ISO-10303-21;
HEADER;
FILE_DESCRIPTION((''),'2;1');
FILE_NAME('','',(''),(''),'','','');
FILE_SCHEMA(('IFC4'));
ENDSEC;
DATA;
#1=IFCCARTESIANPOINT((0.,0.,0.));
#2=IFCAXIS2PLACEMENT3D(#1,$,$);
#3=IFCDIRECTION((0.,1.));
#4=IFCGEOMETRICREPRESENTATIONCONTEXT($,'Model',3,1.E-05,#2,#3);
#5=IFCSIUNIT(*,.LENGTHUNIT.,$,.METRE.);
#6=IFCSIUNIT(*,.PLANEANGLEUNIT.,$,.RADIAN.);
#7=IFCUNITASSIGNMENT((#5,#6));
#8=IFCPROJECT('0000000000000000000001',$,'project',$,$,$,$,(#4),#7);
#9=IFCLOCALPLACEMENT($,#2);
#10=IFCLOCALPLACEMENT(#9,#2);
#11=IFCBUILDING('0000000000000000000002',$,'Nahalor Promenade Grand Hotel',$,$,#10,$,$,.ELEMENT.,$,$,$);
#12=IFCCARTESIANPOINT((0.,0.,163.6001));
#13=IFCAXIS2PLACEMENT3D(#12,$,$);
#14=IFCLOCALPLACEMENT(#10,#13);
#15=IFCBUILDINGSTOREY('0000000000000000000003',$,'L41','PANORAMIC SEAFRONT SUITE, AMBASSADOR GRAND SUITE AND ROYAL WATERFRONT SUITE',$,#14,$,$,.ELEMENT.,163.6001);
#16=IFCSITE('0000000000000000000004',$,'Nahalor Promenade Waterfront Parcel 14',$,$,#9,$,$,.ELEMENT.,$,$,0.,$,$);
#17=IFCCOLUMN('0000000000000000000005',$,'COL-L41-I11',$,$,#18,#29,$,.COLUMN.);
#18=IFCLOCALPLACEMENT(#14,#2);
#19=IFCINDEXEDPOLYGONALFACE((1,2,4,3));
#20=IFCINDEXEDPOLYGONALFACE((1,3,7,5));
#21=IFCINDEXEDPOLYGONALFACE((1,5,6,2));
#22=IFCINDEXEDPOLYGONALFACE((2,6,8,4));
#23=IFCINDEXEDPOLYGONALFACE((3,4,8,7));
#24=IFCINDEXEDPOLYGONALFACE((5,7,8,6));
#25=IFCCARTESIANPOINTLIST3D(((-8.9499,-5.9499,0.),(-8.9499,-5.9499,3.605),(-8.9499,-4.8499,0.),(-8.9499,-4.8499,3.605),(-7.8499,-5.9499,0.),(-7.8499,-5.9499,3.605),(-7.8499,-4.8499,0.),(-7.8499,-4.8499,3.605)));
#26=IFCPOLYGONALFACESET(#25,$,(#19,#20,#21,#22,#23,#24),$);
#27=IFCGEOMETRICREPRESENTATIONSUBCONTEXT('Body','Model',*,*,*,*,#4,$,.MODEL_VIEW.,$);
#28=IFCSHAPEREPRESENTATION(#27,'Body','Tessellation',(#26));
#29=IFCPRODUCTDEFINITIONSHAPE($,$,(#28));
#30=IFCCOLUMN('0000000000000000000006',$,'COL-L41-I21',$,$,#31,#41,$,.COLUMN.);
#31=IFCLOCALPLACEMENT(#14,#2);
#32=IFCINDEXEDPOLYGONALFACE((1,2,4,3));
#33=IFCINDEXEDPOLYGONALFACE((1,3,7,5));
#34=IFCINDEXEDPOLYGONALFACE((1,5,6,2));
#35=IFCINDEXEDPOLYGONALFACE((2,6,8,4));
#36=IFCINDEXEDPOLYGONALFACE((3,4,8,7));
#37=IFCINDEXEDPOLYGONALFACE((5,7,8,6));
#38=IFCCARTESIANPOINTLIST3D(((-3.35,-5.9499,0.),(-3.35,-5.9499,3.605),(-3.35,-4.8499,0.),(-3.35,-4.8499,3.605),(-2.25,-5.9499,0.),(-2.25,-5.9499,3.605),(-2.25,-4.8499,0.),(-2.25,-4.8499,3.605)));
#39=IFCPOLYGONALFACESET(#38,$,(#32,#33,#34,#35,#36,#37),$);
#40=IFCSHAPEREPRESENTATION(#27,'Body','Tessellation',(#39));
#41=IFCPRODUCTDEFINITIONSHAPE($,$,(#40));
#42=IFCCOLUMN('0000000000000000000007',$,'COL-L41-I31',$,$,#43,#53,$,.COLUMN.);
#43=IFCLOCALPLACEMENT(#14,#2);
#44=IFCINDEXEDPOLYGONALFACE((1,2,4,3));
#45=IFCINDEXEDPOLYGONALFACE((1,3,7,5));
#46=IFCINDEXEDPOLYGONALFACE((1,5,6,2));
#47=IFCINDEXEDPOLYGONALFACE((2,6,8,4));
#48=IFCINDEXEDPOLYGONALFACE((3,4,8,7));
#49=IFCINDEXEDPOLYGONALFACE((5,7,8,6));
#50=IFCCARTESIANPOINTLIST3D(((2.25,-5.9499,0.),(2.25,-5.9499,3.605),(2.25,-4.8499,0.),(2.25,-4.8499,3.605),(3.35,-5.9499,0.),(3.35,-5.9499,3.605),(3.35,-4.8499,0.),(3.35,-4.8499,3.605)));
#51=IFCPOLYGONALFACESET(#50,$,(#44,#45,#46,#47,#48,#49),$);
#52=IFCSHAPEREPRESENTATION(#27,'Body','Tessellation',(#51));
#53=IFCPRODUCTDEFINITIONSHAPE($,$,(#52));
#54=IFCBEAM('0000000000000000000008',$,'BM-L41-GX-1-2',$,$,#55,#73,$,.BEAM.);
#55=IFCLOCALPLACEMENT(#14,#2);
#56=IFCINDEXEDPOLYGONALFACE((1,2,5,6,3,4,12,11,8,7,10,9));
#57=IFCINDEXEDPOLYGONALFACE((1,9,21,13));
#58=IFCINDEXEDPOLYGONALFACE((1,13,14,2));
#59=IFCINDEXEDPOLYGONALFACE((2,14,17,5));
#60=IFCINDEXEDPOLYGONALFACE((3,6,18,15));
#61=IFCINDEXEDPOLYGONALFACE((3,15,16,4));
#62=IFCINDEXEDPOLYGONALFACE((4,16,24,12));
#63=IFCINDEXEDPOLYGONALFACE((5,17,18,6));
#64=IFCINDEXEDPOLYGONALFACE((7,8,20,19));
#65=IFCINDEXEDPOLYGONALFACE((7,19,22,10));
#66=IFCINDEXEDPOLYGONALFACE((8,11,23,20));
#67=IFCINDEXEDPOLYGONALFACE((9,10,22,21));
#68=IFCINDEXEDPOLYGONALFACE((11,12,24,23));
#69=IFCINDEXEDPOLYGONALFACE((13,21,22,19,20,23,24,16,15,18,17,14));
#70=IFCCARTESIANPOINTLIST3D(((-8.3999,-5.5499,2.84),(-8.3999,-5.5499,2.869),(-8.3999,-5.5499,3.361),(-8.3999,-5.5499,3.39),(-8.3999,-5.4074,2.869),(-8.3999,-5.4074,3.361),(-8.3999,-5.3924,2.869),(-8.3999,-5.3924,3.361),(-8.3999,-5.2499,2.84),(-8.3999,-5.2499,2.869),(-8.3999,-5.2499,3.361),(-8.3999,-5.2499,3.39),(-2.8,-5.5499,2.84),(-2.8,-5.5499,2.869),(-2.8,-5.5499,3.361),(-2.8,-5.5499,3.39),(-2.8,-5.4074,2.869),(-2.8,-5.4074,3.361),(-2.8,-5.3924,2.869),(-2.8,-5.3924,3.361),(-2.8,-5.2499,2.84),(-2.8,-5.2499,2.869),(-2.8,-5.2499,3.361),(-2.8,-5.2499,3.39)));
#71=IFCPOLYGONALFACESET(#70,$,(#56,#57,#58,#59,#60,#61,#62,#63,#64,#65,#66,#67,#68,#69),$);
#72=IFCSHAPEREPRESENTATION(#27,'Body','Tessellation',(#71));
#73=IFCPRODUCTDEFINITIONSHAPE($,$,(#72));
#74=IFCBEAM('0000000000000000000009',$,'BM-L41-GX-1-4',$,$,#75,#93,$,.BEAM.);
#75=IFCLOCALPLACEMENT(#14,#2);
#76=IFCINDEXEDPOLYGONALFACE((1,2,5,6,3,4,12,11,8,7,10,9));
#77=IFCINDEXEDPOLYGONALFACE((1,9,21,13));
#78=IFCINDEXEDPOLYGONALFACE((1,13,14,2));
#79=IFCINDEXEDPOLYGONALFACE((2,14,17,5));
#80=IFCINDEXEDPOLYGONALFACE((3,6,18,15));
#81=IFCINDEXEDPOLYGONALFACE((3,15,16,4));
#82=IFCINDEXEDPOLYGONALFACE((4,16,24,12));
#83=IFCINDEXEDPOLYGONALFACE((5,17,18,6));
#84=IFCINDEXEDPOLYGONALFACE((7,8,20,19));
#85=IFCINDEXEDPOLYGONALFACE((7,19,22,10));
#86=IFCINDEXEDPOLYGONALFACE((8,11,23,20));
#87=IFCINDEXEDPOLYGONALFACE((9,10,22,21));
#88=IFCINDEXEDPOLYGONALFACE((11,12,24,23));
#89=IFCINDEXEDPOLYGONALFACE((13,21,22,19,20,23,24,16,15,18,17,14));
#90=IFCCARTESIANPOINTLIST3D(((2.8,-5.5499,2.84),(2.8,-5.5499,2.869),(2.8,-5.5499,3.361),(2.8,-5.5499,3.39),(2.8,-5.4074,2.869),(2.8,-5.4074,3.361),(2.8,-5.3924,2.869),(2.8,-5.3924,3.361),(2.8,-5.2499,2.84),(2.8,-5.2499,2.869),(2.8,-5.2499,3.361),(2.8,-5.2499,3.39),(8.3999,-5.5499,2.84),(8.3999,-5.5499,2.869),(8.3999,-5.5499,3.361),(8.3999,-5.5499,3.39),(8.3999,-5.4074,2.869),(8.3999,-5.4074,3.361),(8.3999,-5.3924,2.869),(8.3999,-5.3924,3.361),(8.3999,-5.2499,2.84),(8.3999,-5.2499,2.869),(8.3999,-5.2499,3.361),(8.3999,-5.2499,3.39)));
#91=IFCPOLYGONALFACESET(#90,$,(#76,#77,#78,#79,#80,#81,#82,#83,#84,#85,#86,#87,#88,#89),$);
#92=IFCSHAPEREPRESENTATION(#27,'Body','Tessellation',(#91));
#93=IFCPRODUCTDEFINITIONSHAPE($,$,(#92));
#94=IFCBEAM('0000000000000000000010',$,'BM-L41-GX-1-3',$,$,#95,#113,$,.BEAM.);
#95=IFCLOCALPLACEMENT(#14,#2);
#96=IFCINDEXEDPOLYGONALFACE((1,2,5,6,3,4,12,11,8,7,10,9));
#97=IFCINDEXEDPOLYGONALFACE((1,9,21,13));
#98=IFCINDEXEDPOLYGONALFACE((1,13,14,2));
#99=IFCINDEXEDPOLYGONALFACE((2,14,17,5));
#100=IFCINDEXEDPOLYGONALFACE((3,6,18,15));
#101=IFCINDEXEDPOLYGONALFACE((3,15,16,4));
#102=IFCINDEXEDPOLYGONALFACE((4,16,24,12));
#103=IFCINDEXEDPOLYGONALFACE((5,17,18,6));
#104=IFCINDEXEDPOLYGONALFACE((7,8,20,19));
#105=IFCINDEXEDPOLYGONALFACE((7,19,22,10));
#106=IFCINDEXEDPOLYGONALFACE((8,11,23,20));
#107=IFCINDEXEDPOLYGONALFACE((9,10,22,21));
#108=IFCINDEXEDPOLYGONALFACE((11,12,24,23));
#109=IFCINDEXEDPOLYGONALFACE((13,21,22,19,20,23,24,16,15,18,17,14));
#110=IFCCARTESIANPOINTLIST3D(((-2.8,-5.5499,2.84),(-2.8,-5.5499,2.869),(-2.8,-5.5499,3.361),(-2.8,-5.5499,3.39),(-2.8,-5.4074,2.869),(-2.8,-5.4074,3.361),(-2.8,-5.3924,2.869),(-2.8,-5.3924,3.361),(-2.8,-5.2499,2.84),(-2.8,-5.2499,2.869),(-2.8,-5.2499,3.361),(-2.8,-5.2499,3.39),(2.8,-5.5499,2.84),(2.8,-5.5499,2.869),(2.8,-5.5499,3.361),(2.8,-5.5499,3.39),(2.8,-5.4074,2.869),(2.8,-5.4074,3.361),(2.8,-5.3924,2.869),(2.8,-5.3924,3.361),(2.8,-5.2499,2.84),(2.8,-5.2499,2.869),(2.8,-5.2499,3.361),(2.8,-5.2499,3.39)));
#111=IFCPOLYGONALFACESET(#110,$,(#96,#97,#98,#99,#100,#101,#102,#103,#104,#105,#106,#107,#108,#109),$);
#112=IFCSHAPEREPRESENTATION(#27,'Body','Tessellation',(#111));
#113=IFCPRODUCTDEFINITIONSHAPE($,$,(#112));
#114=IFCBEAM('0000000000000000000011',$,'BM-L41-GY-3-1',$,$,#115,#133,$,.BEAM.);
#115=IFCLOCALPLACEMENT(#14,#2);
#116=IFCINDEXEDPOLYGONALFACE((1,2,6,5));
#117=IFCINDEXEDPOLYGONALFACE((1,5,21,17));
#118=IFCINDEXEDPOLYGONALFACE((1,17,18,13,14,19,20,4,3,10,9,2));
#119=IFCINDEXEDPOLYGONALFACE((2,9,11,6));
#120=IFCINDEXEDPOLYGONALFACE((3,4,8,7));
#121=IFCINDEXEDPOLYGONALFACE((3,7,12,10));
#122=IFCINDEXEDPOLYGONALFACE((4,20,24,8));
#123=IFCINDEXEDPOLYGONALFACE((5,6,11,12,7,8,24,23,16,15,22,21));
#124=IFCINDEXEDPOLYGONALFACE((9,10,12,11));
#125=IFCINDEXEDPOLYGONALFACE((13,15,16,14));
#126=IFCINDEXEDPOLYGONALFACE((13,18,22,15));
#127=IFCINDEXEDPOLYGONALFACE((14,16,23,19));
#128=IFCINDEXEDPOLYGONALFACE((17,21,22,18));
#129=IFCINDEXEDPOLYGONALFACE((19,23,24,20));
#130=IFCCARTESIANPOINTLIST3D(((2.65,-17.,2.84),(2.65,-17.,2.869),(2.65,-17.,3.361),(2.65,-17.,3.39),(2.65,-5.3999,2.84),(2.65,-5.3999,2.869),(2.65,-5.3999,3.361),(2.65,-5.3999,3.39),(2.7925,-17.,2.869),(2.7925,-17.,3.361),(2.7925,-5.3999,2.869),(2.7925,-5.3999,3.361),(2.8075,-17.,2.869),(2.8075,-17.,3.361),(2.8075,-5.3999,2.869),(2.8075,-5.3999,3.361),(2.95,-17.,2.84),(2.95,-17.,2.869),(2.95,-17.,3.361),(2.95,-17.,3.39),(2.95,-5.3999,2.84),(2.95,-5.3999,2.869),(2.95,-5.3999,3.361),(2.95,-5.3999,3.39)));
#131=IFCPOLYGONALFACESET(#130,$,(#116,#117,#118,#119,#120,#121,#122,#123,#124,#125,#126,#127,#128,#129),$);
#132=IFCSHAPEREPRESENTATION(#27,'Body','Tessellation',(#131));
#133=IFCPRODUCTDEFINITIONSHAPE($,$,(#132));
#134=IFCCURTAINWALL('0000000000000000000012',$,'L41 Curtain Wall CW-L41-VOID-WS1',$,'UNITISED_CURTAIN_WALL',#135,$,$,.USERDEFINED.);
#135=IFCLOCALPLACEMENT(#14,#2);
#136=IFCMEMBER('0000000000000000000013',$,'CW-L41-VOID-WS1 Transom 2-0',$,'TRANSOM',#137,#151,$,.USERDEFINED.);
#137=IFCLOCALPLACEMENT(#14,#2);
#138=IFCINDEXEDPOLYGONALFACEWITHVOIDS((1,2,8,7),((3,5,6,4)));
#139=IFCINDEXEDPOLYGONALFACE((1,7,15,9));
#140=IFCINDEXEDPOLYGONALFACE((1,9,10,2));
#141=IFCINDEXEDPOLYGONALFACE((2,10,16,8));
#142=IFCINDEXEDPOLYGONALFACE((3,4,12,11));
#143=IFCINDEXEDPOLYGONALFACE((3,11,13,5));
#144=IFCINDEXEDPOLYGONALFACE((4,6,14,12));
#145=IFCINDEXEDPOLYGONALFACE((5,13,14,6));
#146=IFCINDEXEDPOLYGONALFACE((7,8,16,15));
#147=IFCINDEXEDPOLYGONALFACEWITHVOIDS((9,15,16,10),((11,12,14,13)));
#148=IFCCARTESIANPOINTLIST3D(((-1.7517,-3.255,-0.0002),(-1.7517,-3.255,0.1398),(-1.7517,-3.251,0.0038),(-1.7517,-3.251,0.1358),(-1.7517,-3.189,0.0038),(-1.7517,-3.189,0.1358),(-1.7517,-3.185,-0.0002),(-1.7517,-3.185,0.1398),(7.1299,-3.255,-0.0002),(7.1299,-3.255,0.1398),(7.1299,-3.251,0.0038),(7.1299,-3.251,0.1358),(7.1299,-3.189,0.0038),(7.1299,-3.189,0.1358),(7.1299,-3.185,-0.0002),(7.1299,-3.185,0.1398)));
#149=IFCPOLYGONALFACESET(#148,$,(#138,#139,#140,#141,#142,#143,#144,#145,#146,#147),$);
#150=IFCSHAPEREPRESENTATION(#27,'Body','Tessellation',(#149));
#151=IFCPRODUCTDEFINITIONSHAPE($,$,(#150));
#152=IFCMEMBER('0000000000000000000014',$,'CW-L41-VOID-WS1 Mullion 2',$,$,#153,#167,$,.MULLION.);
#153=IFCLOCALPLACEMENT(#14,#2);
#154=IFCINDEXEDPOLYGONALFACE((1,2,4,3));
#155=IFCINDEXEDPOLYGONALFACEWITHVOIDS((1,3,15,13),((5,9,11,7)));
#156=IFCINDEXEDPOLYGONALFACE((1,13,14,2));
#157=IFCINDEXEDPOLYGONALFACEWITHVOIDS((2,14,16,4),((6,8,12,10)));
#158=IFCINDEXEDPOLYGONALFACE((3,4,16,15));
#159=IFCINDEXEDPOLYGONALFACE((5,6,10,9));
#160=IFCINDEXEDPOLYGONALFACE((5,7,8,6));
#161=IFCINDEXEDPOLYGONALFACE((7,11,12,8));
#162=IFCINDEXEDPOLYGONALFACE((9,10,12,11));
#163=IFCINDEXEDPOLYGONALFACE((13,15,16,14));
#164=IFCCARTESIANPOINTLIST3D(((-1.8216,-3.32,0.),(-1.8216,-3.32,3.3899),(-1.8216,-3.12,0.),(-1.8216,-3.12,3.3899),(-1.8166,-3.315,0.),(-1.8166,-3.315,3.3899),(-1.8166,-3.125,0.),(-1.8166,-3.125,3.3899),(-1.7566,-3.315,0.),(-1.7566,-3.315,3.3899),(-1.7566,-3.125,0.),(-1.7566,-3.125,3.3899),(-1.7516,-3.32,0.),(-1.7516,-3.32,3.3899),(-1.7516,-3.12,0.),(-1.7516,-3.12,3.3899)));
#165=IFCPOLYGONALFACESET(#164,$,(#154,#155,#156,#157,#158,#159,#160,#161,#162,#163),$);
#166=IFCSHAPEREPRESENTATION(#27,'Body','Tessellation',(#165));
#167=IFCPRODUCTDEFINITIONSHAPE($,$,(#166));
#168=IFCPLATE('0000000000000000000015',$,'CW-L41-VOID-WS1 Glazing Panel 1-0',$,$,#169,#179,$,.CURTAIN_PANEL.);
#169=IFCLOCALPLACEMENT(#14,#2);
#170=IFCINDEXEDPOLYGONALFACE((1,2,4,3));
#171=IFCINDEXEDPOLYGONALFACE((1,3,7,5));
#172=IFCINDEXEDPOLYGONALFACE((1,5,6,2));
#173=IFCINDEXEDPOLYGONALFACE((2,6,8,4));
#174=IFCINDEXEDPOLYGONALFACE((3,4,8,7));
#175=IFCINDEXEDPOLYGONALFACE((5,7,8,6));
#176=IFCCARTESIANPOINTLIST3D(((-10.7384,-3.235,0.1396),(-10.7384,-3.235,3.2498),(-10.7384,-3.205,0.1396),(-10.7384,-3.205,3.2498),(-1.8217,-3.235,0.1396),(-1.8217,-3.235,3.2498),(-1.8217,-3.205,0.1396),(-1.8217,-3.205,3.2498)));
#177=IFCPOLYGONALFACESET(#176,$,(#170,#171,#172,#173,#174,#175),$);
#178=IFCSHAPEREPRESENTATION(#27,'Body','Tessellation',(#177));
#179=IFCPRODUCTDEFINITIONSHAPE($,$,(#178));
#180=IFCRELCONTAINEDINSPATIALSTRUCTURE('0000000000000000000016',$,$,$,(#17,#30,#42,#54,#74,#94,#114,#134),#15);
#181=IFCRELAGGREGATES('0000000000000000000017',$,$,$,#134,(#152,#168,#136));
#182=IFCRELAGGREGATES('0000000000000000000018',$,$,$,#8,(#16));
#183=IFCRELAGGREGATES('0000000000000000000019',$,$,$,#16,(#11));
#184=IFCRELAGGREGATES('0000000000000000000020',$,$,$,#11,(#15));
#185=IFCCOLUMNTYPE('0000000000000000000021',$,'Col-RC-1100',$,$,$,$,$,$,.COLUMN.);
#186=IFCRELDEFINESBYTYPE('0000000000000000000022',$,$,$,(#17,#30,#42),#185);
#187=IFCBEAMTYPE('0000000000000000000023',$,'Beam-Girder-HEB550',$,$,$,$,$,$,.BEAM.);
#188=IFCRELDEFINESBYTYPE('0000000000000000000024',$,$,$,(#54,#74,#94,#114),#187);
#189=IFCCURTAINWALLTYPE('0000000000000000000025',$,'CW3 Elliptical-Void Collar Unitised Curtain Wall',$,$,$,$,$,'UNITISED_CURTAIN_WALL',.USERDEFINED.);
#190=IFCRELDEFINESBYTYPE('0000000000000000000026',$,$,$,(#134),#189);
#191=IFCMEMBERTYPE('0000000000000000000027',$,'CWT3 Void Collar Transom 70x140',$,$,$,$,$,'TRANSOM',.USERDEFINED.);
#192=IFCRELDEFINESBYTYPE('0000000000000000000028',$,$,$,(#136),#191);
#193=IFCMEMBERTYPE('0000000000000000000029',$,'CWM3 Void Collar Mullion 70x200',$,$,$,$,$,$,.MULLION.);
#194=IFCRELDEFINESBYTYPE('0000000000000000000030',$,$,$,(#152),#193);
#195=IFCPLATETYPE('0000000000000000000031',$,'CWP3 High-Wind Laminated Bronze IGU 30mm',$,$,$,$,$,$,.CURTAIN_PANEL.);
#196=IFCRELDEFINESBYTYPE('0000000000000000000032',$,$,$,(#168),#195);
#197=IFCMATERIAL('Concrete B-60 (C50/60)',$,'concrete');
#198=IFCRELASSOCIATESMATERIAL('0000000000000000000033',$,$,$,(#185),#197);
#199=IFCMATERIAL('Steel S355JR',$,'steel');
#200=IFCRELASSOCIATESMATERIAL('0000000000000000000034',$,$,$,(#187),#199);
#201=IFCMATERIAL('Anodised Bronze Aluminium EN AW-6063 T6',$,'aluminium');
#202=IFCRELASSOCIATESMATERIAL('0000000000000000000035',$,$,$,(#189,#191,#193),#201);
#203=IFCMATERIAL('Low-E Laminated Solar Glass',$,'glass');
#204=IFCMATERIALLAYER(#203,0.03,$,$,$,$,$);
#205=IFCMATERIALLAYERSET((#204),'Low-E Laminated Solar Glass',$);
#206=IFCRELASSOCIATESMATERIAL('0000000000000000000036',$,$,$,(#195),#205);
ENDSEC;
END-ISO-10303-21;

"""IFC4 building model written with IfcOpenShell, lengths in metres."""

from ifc_helpers import new_model, si_unit, direction, frame, origin, origin_2d, place, context, subcontext, project, spatial, rectangle, hollow_rectangle, i_section, extrude, source, transform, mapped, material, layer, layer_set, material_profile, profile_set, type_object, element, aggregate, save


model = new_model("IFC4")

# Units and contexts
model_context = context("Model", 3, precision=1e-05, world=origin(), true_north=direction((0.0, 1.0)))
body_context = subcontext(model_context, "Body", "Model", "MODEL_VIEW")
ifc_project = project(units=[si_unit("LENGTHUNIT", "METRE"), si_unit("PLANEANGLEUNIT", "RADIAN")], contexts=[model_context])

# Site, building, storey
site_placement = place(None, origin())
site = spatial("IfcSite", under=ifc_project, at=site_placement, Name="Nahalor Promenade Waterfront Parcel 14", CompositionType="ELEMENT", RefElevation=0.0)
building_placement = place(site_placement, origin())
building = spatial("IfcBuilding", under=site, at=building_placement, Name="Nahalor Promenade Grand Hotel", CompositionType="ELEMENT")
storey_placement = place(building_placement, frame((0.0, 0.0, 163.6001)))
storey = spatial("IfcBuildingStorey", under=building, at=storey_placement, Name="L41", Description="PANORAMIC SEAFRONT SUITE, AMBASSADOR GRAND SUITE AND ROYAL WATERFRONT SUITE", CompositionType="ELEMENT", Elevation=163.6001)

# Columns
ifc_material_1 = material(Name="Concrete B-60 (C50/60)", Category="concrete")
ifc_material_profile_1 = material_profile(ifc_material_1, rectangle(XDim=1.1, YDim=1.1, at=origin_2d()), Name="RC 1100x1100")
ifc_profile_set_1 = profile_set([ifc_material_profile_1], Name="Concrete B-60 (C50/60)")
column_type = type_object("IfcColumnType", Name="Col-RC-1100", PredefinedType="COLUMN", material=ifc_profile_set_1)
shared_shape_1 = source(origin(), body_context, "Body", "SweptSolid", [
    extrude(rectangle(XDim=1.1, YDim=1.1, at=origin_2d()), origin(), (0.0, 0.0, 1.0), 3.605),
])
for number, where, z_axis, x_axis, name in (
    (1, (-8.3999, -5.3999, 0.0), (0.0, 0.0, 1.0), (1.0, 0.0, 0.0), "COL-L41-I11"),
    (2, (-2.8, -5.3999, 0.0), (0.0, 0.0, 1.0), (1.0, 0.0, 0.0), "COL-L41-I21"),
    (3, (2.8, -5.3999, 0.0), (0.0, 0.0, 1.0), (1.0, 0.0, 0.0), "COL-L41-I31"),
):
    element("IfcColumn", number, at=place(storey_placement, frame(where, z_axis=z_axis, x_axis=x_axis)), inside=storey, type_object=column_type, Name=name, PredefinedType="COLUMN", context=body_context, shape_type="MappedRepresentation", body=[
        mapped(shared_shape_1, transform((0.0, 0.0, 0.0), scale=1.0)),
    ])

# Beams
ifc_material_2 = material(Name="Steel S355JR", Category="steel")
ifc_material_profile_2 = material_profile(ifc_material_2, i_section(OverallWidth=0.3, OverallDepth=0.55, WebThickness=0.015, FlangeThickness=0.029, at=origin_2d()), Name="HEB 550")
ifc_profile_set_2 = profile_set([ifc_material_profile_2], Name="Steel S355JR")
beam_type = type_object("IfcBeamType", Name="Beam-Girder-HEB550", PredefinedType="BEAM", material=ifc_profile_set_2)
shared_shape_2 = source(origin(), body_context, "Body", "SweptSolid", [
    extrude(i_section(OverallWidth=0.3, OverallDepth=0.55, WebThickness=0.015, FlangeThickness=0.029, at=origin_2d()), origin(), (0.0, 0.0, 1.0), 5.5999),
])
for number, where, z_axis, x_axis, name in (
    (4, (-8.3999, -5.3999, 3.115), (1.0, 0.0, 0.0), (0.0, 1.0, 0.0), "BM-L41-GX-1-2"),
    (5, (2.8, -5.3999, 3.115), (1.0, 0.0, 0.0), (0.0, 1.0, 0.0), "BM-L41-GX-1-4"),
):
    element("IfcBeam", number, at=place(storey_placement, frame(where, z_axis=z_axis, x_axis=x_axis)), inside=storey, type_object=beam_type, Name=name, PredefinedType="BEAM", context=body_context, shape_type="MappedRepresentation", body=[
        mapped(shared_shape_2, transform((0.0, 0.0, 0.0), scale=1.0)),
    ])
shared_shape_3 = source(origin(), body_context, "Body", "SweptSolid", [
    extrude(i_section(OverallWidth=0.3, OverallDepth=0.55, WebThickness=0.015, FlangeThickness=0.029, at=origin_2d()), origin(), (0.0, 0.0, 1.0), 5.6001),
])
beam_1_placement = place(storey_placement, frame((-2.8, -5.3999, 3.115), z_axis=(1.0, 0.0, 0.0), x_axis=(0.0, 1.0, 0.0)))
element("IfcBeam", 6, at=beam_1_placement, inside=storey, type_object=beam_type, Name="BM-L41-GX-1-3", PredefinedType="BEAM", context=body_context, shape_type="MappedRepresentation", body=[
    mapped(shared_shape_3, transform((0.0, 0.0, 0.0), scale=1.0)),
])
shared_shape_4 = source(origin(), body_context, "Body", "SweptSolid", [
    extrude(i_section(OverallWidth=0.3, OverallDepth=0.55, WebThickness=0.015, FlangeThickness=0.029, at=origin_2d()), origin(), (0.0, 0.0, 1.0), 11.6001),
])
beam_2_placement = place(storey_placement, frame((2.8, -17.0, 3.115), z_axis=(0.0, 1.0, 0.0), x_axis=(-1.0, 0.0, 0.0)))
element("IfcBeam", 7, at=beam_2_placement, inside=storey, type_object=beam_type, Name="BM-L41-GY-3-1", PredefinedType="BEAM", context=body_context, shape_type="MappedRepresentation", body=[
    mapped(shared_shape_4, transform((0.0, 0.0, 0.0), scale=1.0)),
])

# Curtain wall, members, plate
ifc_material_3 = material(Name="Anodised Bronze Aluminium EN AW-6063 T6", Category="aluminium")
curtain_wall_type = type_object("IfcCurtainWallType", Name="CW3 Elliptical-Void Collar Unitised Curtain Wall", ElementType="UNITISED_CURTAIN_WALL", PredefinedType="USERDEFINED", material=ifc_material_3)
curtain_wall_placement = place(storey_placement, origin())
curtain_wall = element("IfcCurtainWall", 8, at=curtain_wall_placement, inside=storey, type_object=curtain_wall_type, Name="L41 Curtain Wall CW-L41-VOID-WS1", ObjectType="UNITISED_CURTAIN_WALL", PredefinedType="USERDEFINED")
ifc_material_profile_3 = material_profile(ifc_material_3, hollow_rectangle(XDim=0.07, YDim=0.14, WallThickness=0.004, at=origin_2d()), Name="CWT 70x140x4")
ifc_profile_set_3 = profile_set([ifc_material_profile_3], Name="Anodised Bronze Aluminium EN AW-6063 T6")
member_type_1 = type_object("IfcMemberType", Name="CWT3 Void Collar Transom 70x140", ElementType="TRANSOM", PredefinedType="USERDEFINED", material=ifc_profile_set_3)
shared_shape_5 = source(origin(), body_context, "Body", "SweptSolid", [
    extrude(hollow_rectangle(XDim=0.07, YDim=0.14, WallThickness=0.004, at=origin_2d()), origin(), (0.0, 0.0, 1.0), 8.8816),
])
member_1_placement = place(storey_placement, frame((-1.7517, -3.22, 0.0698), z_axis=(1.0, 0.0, 0.0), x_axis=(0.0, 1.0, 0.0)))
member_1 = element("IfcMember", 9, at=member_1_placement, type_object=member_type_1, Name="CW-L41-VOID-WS1 Transom 2-0", ObjectType="TRANSOM", PredefinedType="USERDEFINED", context=body_context, shape_type="MappedRepresentation", body=[
    mapped(shared_shape_5, transform((0.0, 0.0, 0.0), scale=1.0)),
])
ifc_material_profile_4 = material_profile(ifc_material_3, hollow_rectangle(XDim=0.07, YDim=0.2, WallThickness=0.005, at=origin_2d()), Name="CWM 70x200x5")
ifc_profile_set_4 = profile_set([ifc_material_profile_4], Name="Anodised Bronze Aluminium EN AW-6063 T6")
member_type_2 = type_object("IfcMemberType", Name="CWM3 Void Collar Mullion 70x200", PredefinedType="MULLION", material=ifc_profile_set_4)
shared_shape_6 = source(origin(), body_context, "Body", "SweptSolid", [
    extrude(hollow_rectangle(XDim=0.07, YDim=0.2, WallThickness=0.005, at=origin_2d()), origin(), (0.0, 0.0, 1.0), 3.3899),
])
member_2_placement = place(storey_placement, frame((-1.7866, -3.22, 0.0), z_axis=(0.0, 0.0, 1.0), x_axis=(1.0, 0.0, 0.0)))
member_2 = element("IfcMember", 10, at=member_2_placement, type_object=member_type_2, Name="CW-L41-VOID-WS1 Mullion 2", PredefinedType="MULLION", context=body_context, shape_type="MappedRepresentation", body=[
    mapped(shared_shape_6, transform((0.0, 0.0, 0.0), scale=1.0)),
])
ifc_material_4 = material(Name="Low-E Laminated Solar Glass", Category="glass")
ifc_layer_1 = layer(ifc_material_4, 0.03)
ifc_layer_set_1 = layer_set([ifc_layer_1], Name="Low-E Laminated Solar Glass")
plate_type = type_object("IfcPlateType", Name="CWP3 High-Wind Laminated Bronze IGU 30mm", PredefinedType="CURTAIN_PANEL", material=ifc_layer_set_1)
shared_shape_7 = source(origin(), body_context, "Body", "SweptSolid", [
    extrude(rectangle(XDim=8.9167, YDim=0.03, at=origin_2d()), origin(), (0.0, 0.0, 1.0), 3.1101),
])
plate_placement = place(storey_placement, frame((-6.28, -3.22, 0.1396), z_axis=(0.0, 0.0, 1.0), x_axis=(1.0, 0.0, 0.0)))
plate = element("IfcPlate", 11, at=plate_placement, type_object=plate_type, Name="CW-L41-VOID-WS1 Glazing Panel 1-0", PredefinedType="CURTAIN_PANEL", context=body_context, shape_type="MappedRepresentation", body=[
    mapped(shared_shape_7, transform((0.0, 0.0, 0.0), scale=1.0)),
])
aggregate(curtain_wall, [member_2, plate, member_1])

save(model, "model.ifc")
